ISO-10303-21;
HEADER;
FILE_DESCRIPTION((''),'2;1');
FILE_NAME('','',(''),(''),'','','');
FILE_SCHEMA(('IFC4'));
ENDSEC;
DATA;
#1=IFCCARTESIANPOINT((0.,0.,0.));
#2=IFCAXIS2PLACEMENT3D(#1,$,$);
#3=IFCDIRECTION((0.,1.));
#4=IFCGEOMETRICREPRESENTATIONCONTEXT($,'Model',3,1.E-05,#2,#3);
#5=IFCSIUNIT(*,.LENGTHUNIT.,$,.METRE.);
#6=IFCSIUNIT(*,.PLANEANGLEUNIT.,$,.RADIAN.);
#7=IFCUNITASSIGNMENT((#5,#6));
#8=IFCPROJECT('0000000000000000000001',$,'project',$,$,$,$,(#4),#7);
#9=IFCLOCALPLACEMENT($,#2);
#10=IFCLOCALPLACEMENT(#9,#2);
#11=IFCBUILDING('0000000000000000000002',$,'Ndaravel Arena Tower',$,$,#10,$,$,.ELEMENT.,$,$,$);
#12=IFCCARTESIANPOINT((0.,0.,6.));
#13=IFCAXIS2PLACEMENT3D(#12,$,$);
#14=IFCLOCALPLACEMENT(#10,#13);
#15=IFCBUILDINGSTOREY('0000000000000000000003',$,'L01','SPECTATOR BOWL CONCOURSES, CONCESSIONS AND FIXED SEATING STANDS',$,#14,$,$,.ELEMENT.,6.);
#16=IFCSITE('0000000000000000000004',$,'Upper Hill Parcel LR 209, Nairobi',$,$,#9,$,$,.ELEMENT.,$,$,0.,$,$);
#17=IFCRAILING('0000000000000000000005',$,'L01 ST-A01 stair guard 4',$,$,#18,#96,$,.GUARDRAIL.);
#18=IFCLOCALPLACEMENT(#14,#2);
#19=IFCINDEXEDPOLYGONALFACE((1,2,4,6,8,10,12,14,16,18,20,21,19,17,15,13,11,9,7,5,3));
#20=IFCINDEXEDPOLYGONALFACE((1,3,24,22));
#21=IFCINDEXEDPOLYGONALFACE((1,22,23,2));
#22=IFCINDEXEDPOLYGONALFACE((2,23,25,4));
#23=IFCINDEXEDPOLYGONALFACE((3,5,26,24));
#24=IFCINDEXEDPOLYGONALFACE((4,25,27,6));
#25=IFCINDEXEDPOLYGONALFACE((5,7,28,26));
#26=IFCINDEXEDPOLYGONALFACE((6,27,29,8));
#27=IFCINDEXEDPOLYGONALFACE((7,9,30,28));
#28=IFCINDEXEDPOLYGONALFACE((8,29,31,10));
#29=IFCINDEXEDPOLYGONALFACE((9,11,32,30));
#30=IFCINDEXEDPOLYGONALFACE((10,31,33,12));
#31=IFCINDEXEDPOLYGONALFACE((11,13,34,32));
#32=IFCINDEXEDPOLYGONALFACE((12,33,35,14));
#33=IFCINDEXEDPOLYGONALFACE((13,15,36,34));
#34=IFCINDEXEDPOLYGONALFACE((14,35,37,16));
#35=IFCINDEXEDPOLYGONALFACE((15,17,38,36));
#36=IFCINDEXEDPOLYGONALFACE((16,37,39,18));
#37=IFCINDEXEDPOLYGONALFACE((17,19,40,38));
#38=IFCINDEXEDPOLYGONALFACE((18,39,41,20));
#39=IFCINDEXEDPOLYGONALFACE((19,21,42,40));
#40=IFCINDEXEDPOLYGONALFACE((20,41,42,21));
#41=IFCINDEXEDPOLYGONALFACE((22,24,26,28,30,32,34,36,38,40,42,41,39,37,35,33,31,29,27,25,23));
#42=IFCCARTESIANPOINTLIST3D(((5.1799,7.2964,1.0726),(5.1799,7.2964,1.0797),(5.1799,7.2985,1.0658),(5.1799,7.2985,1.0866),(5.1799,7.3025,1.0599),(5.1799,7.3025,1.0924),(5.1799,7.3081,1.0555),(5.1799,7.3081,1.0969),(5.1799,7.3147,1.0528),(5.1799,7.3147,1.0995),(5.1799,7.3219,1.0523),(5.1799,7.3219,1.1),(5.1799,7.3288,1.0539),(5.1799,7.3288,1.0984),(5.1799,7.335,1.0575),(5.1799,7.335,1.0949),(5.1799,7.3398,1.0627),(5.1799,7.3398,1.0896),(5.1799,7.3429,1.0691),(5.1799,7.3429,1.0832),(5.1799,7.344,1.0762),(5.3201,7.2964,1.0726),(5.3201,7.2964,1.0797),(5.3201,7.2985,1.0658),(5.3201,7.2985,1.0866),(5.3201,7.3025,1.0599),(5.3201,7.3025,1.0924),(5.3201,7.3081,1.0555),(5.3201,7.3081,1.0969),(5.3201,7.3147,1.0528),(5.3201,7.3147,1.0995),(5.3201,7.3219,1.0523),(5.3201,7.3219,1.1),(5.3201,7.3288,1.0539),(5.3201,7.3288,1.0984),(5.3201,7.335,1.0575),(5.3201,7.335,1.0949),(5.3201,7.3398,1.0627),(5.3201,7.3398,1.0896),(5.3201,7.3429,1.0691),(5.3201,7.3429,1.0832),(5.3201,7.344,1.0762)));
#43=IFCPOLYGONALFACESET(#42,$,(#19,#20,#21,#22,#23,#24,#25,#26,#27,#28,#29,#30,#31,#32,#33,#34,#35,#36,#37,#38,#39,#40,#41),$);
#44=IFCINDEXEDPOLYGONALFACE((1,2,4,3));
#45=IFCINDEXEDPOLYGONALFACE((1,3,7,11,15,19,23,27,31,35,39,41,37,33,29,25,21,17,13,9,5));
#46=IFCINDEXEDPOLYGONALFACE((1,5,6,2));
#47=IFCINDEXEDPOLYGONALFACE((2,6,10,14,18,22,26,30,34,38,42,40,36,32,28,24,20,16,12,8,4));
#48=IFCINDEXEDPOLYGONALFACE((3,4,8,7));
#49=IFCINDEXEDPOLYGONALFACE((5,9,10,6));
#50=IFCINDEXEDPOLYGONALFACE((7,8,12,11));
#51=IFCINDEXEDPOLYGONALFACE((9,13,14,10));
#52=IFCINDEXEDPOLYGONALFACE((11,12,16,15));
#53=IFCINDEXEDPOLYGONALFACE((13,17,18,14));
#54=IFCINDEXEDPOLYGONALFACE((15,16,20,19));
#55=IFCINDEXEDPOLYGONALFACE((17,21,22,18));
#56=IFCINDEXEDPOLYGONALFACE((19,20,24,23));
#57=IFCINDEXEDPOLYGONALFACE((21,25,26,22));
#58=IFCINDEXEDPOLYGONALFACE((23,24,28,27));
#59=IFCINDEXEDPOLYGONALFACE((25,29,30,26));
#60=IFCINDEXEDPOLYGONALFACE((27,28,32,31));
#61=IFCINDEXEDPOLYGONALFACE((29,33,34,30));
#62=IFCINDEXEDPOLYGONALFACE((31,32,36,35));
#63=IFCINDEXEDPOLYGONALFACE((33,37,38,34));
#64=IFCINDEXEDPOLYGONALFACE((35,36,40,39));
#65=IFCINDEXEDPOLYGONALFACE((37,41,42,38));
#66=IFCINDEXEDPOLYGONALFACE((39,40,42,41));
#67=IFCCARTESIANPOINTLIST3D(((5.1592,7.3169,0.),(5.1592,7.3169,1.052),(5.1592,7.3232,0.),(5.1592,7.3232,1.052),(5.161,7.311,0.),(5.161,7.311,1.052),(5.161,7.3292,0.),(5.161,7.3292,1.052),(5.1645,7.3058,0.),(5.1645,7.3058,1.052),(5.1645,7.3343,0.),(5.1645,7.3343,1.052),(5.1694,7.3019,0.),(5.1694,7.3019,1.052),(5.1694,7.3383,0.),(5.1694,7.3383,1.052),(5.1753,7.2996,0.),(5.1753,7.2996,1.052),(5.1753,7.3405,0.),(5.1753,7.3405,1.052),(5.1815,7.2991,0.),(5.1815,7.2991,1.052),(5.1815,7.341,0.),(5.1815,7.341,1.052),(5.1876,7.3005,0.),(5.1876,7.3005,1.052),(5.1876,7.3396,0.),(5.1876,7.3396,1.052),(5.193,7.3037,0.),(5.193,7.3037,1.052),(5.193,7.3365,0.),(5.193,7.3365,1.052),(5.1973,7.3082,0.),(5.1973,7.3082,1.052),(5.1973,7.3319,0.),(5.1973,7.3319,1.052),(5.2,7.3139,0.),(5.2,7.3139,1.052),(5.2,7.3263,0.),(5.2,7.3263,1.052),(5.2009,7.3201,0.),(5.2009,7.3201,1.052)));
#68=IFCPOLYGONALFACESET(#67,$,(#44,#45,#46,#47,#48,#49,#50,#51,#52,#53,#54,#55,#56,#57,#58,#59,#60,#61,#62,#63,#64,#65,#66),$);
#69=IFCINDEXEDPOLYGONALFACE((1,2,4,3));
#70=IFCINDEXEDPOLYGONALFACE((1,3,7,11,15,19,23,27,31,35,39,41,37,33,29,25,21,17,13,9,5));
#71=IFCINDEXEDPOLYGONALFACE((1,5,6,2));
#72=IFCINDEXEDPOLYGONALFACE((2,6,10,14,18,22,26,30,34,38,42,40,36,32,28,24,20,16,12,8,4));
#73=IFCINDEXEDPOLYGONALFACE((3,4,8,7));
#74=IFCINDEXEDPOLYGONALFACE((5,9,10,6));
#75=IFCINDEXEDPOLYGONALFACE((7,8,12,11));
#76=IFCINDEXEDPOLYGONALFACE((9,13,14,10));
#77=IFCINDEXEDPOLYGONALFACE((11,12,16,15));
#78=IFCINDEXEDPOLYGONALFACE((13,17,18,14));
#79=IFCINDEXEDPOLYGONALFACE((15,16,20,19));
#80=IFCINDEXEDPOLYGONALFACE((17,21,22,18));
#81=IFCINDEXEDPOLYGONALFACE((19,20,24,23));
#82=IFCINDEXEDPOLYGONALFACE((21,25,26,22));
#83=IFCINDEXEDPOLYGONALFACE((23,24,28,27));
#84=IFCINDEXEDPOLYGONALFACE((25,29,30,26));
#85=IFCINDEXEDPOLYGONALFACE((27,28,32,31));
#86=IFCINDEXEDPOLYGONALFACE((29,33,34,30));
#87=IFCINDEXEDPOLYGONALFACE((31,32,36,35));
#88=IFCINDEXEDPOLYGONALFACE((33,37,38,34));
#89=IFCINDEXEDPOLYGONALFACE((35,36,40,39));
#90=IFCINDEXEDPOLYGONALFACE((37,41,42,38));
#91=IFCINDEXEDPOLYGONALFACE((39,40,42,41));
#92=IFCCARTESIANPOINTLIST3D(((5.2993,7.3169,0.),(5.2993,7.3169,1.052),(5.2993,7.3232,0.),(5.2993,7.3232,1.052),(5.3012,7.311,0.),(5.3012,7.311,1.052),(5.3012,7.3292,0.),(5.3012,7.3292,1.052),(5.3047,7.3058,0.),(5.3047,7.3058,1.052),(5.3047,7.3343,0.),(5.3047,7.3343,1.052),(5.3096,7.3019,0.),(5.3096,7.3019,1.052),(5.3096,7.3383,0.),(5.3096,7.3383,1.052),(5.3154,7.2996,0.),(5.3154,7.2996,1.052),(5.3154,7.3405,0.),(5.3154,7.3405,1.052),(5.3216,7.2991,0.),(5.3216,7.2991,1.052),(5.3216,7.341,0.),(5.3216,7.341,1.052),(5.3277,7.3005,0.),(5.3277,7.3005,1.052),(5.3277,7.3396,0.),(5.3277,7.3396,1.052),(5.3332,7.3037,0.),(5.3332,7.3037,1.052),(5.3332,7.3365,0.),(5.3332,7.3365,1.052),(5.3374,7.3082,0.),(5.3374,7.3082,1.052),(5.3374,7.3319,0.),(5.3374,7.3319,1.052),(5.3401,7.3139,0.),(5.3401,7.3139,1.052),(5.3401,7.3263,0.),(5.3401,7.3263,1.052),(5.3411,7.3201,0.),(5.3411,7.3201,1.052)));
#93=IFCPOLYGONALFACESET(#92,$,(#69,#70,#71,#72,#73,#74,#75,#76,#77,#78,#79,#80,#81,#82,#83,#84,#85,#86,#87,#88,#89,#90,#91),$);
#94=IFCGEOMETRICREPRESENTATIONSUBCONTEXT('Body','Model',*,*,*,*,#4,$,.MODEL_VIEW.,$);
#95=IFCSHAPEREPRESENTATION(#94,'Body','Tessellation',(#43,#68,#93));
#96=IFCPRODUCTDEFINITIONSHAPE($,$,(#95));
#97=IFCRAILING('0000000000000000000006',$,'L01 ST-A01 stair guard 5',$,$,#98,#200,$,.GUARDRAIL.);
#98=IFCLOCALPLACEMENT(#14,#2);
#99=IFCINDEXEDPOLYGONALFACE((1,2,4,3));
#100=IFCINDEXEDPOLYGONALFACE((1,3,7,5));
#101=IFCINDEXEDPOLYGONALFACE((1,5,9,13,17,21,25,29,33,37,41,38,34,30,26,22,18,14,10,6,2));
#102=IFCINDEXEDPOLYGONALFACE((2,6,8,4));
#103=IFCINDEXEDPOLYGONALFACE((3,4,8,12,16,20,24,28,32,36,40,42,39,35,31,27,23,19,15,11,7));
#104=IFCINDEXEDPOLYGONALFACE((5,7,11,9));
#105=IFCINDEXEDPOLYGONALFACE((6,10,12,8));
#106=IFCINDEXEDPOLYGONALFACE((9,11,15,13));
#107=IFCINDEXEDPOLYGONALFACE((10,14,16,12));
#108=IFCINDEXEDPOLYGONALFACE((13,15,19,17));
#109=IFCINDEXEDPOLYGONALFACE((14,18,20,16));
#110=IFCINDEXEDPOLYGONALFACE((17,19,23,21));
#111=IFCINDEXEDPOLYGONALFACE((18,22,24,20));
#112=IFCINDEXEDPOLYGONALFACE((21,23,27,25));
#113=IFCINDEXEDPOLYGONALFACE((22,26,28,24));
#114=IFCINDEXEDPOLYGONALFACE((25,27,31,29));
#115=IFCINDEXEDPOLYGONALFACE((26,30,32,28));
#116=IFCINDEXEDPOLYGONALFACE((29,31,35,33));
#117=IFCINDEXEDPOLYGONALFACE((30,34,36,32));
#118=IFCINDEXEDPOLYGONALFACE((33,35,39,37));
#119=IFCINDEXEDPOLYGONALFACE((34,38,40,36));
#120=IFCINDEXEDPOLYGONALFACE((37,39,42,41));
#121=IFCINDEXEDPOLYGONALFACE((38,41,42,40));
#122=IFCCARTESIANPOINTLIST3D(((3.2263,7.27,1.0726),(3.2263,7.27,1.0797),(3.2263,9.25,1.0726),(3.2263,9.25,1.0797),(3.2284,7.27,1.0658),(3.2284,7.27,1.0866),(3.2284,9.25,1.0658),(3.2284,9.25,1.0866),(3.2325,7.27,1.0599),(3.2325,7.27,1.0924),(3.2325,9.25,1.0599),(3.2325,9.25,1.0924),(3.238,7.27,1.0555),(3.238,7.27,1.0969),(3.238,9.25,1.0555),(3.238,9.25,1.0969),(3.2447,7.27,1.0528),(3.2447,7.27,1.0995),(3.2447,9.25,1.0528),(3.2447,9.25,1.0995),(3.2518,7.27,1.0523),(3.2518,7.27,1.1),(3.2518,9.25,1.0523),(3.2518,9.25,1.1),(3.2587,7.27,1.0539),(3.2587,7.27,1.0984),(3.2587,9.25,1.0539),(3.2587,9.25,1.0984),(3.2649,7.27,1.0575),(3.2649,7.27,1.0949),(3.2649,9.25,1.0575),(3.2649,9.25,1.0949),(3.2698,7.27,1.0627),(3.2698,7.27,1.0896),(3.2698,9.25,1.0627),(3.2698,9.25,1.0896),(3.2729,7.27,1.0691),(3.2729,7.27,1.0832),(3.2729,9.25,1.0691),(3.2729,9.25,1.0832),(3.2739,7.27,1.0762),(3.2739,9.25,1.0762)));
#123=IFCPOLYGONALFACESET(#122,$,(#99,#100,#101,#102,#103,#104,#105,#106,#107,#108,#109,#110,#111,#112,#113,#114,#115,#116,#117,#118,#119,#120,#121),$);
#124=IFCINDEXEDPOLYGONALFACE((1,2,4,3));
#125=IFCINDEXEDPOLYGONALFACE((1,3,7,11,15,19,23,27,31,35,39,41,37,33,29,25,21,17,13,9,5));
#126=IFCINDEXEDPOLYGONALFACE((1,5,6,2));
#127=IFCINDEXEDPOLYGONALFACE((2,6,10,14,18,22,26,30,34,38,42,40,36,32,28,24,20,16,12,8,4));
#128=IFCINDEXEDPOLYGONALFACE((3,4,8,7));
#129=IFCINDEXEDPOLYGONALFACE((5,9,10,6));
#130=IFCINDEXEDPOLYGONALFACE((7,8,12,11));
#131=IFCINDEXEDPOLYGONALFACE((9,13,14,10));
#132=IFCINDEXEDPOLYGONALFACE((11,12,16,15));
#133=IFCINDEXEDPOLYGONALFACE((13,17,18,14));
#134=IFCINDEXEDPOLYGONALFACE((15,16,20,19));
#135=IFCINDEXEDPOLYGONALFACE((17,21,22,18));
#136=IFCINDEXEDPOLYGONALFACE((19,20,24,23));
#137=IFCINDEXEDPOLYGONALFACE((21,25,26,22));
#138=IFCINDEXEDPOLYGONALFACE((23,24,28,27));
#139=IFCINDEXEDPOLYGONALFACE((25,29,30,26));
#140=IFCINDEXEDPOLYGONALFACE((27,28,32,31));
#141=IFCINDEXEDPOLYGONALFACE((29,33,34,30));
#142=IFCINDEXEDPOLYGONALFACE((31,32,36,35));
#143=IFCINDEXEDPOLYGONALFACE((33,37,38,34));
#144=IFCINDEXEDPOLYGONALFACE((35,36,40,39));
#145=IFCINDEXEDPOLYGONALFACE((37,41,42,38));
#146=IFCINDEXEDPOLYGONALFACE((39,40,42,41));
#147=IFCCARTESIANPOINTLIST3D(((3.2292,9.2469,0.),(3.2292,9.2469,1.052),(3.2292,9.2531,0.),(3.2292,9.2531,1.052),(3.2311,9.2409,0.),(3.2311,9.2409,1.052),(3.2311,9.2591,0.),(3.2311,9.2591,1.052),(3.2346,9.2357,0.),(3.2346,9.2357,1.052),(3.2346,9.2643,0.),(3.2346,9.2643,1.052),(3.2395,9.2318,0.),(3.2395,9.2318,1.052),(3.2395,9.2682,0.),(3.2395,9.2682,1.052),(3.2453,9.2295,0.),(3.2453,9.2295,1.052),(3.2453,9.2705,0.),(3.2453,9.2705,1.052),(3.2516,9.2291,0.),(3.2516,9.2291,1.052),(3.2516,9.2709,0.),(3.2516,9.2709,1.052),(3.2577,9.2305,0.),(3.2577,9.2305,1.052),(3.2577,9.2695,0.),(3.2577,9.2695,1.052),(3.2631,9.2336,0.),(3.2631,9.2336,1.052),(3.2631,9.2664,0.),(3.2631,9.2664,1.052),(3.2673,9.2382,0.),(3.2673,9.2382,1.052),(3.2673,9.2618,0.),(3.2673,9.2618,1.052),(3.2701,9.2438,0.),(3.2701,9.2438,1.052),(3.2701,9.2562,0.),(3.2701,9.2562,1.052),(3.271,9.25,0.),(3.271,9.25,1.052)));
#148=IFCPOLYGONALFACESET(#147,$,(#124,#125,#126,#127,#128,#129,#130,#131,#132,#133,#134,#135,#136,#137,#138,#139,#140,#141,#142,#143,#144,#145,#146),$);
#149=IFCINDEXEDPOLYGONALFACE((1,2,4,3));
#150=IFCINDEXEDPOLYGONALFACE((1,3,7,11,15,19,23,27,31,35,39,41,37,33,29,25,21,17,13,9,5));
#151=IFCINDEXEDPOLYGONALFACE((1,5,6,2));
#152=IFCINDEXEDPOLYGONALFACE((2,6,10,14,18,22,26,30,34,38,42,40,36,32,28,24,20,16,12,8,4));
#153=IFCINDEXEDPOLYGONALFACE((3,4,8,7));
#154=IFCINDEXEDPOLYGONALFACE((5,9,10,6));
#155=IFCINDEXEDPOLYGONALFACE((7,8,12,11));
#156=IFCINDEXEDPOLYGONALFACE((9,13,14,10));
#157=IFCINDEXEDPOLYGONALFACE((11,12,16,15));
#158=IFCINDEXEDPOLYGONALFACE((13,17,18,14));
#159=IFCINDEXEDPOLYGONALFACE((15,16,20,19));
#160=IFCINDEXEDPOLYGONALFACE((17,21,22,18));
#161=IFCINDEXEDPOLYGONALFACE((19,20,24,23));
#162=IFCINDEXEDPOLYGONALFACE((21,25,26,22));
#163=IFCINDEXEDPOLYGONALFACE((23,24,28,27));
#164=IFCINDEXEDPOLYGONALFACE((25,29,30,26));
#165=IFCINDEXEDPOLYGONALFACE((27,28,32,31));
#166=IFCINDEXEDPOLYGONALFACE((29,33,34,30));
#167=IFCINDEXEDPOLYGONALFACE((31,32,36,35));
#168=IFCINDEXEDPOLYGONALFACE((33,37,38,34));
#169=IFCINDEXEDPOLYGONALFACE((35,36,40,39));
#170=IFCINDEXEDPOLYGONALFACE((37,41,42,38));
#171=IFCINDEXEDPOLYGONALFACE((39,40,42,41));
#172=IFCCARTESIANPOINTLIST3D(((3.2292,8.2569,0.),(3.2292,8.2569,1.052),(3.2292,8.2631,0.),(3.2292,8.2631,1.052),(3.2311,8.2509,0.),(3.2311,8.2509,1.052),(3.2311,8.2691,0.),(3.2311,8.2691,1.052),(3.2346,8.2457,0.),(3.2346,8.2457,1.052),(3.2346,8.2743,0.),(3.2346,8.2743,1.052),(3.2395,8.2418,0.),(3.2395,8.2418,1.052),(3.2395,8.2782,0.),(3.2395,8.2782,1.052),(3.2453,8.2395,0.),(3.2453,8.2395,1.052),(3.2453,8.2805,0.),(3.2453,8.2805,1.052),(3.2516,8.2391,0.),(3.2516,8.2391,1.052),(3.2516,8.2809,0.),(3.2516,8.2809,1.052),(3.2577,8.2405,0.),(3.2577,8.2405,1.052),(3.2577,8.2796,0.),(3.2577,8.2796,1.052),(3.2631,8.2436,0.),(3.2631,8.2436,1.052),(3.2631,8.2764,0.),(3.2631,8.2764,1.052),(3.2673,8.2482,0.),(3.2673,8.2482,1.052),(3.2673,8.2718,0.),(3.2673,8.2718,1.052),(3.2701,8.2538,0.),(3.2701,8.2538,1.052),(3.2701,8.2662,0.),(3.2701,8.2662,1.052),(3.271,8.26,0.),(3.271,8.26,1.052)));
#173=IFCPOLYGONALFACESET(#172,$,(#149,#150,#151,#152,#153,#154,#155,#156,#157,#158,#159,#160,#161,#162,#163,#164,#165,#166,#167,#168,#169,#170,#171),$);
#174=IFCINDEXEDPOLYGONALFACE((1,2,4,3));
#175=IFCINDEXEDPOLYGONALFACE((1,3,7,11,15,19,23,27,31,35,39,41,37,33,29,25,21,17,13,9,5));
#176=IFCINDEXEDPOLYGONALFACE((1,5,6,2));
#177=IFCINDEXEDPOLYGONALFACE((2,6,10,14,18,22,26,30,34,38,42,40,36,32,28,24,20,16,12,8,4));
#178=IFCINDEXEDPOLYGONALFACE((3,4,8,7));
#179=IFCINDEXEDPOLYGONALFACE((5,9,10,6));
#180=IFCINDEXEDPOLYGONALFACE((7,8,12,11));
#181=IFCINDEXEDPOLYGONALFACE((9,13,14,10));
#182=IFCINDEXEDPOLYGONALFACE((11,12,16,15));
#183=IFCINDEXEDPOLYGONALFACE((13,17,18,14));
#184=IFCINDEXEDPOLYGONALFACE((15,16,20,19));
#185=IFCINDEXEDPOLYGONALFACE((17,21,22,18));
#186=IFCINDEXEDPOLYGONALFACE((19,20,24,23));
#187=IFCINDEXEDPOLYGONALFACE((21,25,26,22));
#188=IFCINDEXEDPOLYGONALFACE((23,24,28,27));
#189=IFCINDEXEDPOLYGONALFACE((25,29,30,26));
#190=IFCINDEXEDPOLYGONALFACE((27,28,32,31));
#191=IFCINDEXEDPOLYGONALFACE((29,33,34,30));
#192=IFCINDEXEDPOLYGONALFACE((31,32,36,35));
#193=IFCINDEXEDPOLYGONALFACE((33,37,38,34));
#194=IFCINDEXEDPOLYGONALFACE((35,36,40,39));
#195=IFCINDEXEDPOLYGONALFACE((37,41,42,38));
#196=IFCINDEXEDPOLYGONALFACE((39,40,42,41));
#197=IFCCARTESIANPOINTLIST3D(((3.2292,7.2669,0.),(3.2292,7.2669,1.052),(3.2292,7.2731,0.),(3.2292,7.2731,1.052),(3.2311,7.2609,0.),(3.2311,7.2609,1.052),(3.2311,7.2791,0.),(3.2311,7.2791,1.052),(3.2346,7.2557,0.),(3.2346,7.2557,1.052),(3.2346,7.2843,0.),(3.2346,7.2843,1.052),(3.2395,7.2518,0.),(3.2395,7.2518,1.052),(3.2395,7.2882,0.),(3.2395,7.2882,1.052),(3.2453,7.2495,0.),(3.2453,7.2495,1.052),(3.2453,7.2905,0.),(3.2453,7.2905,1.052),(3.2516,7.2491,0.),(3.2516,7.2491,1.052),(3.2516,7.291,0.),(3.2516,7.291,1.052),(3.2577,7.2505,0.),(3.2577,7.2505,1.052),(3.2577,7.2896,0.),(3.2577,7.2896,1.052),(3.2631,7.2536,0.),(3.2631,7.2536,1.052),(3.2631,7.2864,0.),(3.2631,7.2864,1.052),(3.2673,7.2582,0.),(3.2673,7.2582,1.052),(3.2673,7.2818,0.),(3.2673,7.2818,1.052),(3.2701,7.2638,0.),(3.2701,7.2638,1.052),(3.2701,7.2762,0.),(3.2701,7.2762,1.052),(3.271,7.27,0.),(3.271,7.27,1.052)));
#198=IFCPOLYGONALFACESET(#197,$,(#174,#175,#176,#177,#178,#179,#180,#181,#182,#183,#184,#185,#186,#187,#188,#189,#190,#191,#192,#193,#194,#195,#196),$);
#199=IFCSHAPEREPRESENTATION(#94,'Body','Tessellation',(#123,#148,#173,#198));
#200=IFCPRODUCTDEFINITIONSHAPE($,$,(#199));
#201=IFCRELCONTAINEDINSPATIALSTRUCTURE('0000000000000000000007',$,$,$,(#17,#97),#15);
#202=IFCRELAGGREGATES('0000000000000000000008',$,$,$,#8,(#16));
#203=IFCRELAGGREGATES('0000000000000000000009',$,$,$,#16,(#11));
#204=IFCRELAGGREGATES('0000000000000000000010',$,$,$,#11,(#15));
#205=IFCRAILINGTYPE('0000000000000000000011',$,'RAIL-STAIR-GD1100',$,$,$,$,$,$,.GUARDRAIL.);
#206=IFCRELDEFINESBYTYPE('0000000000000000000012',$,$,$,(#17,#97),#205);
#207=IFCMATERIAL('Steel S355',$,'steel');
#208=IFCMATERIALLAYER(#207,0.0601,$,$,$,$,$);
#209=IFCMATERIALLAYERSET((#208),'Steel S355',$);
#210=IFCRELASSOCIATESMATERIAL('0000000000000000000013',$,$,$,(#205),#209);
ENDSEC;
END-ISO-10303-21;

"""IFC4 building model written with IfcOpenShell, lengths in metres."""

from ifc_helpers import new_model, si_unit, direction, frame, origin, origin_2d, place, context, subcontext, project, spatial, circle, extrude, material, layer, layer_set, type_object, element, save


model = new_model("IFC4")

# Units and contexts
model_context = context("Model", 3, precision=1e-05, world=origin(), true_north=direction((0.0, 1.0)))
body_context = subcontext(model_context, "Body", "Model", "MODEL_VIEW")
ifc_project = project(units=[si_unit("LENGTHUNIT", "METRE"), si_unit("PLANEANGLEUNIT", "RADIAN")], contexts=[model_context])

# Site, building, storey
site_placement = place(None, origin())
site = spatial("IfcSite", under=ifc_project, at=site_placement, Name="Upper Hill Parcel LR 209, Nairobi", CompositionType="ELEMENT", RefElevation=0.0)
building_placement = place(site_placement, origin())
building = spatial("IfcBuilding", under=site, at=building_placement, Name="Ndaravel Arena Tower", CompositionType="ELEMENT")
storey_placement = place(building_placement, frame((0.0, 0.0, 6.0)))
storey = spatial("IfcBuildingStorey", under=building, at=storey_placement, Name="L01", Description="SPECTATOR BOWL CONCOURSES, CONCESSIONS AND FIXED SEATING STANDS", CompositionType="ELEMENT", Elevation=6.0)

# Railings
ifc_material_1 = material(Name="Steel S355", Category="steel")
ifc_layer_1 = layer(ifc_material_1, 0.0601)
ifc_layer_set_1 = layer_set([ifc_layer_1], Name="Steel S355")
railing_type_1 = type_object("IfcRailingType", Name="RAIL-STAIR-GD1100", PredefinedType="GUARDRAIL", material=ifc_layer_set_1)
railing_1_placement = place(storey_placement, frame((5.1799, 7.3201, 0.0)))
element("IfcRailing", 1, at=railing_1_placement, inside=storey, type_object=railing_type_1, Name="L01 ST-A01 stair guard 4", PredefinedType="GUARDRAIL", context=body_context, shape_type="SweptSolid", body=[
    extrude(circle(Radius=0.0239, at=origin_2d()), frame((0.0, 0.0, 1.0762), z_axis=(1.0, 0.0, 0.0), x_axis=(0.0, 1.0, 0.0)), (0.0, 0.0, 1.0), 0.1401),
    extrude(circle(Radius=0.021, at=origin_2d()), origin(), (0.0, 0.0, 1.0), 1.052),
    extrude(circle(Radius=0.021, at=origin_2d()), frame((0.1401, 0.0, 0.0)), (0.0, 0.0, 1.0), 1.052),
])
for number, where, name in (
    (2, (3.25, 9.25, 0.0), "L01 ST-A01 stair guard 5"),
):
    element("IfcRailing", number, at=place(storey_placement, frame(where)), inside=storey, type_object=railing_type_1, Name=name, PredefinedType="GUARDRAIL", context=body_context, shape_type="SweptSolid", body=[
        extrude(circle(Radius=0.0239, at=origin_2d()), frame((0.0, 0.0, 1.0762), z_axis=(0.0, -1.0, 0.0), x_axis=(1.0, 0.0, 0.0)), (0.0, 0.0, 1.0), 1.98),
        extrude(circle(Radius=0.021, at=origin_2d()), origin(), (0.0, 0.0, 1.0), 1.052),
        extrude(circle(Radius=0.021, at=origin_2d()), frame((0.0, -0.99, 0.0)), (0.0, 0.0, 1.0), 1.052),
        extrude(circle(Radius=0.021, at=origin_2d()), frame((0.0, -1.98, 0.0)), (0.0, 0.0, 1.0), 1.052),
    ])

save(model, "model.ifc")
